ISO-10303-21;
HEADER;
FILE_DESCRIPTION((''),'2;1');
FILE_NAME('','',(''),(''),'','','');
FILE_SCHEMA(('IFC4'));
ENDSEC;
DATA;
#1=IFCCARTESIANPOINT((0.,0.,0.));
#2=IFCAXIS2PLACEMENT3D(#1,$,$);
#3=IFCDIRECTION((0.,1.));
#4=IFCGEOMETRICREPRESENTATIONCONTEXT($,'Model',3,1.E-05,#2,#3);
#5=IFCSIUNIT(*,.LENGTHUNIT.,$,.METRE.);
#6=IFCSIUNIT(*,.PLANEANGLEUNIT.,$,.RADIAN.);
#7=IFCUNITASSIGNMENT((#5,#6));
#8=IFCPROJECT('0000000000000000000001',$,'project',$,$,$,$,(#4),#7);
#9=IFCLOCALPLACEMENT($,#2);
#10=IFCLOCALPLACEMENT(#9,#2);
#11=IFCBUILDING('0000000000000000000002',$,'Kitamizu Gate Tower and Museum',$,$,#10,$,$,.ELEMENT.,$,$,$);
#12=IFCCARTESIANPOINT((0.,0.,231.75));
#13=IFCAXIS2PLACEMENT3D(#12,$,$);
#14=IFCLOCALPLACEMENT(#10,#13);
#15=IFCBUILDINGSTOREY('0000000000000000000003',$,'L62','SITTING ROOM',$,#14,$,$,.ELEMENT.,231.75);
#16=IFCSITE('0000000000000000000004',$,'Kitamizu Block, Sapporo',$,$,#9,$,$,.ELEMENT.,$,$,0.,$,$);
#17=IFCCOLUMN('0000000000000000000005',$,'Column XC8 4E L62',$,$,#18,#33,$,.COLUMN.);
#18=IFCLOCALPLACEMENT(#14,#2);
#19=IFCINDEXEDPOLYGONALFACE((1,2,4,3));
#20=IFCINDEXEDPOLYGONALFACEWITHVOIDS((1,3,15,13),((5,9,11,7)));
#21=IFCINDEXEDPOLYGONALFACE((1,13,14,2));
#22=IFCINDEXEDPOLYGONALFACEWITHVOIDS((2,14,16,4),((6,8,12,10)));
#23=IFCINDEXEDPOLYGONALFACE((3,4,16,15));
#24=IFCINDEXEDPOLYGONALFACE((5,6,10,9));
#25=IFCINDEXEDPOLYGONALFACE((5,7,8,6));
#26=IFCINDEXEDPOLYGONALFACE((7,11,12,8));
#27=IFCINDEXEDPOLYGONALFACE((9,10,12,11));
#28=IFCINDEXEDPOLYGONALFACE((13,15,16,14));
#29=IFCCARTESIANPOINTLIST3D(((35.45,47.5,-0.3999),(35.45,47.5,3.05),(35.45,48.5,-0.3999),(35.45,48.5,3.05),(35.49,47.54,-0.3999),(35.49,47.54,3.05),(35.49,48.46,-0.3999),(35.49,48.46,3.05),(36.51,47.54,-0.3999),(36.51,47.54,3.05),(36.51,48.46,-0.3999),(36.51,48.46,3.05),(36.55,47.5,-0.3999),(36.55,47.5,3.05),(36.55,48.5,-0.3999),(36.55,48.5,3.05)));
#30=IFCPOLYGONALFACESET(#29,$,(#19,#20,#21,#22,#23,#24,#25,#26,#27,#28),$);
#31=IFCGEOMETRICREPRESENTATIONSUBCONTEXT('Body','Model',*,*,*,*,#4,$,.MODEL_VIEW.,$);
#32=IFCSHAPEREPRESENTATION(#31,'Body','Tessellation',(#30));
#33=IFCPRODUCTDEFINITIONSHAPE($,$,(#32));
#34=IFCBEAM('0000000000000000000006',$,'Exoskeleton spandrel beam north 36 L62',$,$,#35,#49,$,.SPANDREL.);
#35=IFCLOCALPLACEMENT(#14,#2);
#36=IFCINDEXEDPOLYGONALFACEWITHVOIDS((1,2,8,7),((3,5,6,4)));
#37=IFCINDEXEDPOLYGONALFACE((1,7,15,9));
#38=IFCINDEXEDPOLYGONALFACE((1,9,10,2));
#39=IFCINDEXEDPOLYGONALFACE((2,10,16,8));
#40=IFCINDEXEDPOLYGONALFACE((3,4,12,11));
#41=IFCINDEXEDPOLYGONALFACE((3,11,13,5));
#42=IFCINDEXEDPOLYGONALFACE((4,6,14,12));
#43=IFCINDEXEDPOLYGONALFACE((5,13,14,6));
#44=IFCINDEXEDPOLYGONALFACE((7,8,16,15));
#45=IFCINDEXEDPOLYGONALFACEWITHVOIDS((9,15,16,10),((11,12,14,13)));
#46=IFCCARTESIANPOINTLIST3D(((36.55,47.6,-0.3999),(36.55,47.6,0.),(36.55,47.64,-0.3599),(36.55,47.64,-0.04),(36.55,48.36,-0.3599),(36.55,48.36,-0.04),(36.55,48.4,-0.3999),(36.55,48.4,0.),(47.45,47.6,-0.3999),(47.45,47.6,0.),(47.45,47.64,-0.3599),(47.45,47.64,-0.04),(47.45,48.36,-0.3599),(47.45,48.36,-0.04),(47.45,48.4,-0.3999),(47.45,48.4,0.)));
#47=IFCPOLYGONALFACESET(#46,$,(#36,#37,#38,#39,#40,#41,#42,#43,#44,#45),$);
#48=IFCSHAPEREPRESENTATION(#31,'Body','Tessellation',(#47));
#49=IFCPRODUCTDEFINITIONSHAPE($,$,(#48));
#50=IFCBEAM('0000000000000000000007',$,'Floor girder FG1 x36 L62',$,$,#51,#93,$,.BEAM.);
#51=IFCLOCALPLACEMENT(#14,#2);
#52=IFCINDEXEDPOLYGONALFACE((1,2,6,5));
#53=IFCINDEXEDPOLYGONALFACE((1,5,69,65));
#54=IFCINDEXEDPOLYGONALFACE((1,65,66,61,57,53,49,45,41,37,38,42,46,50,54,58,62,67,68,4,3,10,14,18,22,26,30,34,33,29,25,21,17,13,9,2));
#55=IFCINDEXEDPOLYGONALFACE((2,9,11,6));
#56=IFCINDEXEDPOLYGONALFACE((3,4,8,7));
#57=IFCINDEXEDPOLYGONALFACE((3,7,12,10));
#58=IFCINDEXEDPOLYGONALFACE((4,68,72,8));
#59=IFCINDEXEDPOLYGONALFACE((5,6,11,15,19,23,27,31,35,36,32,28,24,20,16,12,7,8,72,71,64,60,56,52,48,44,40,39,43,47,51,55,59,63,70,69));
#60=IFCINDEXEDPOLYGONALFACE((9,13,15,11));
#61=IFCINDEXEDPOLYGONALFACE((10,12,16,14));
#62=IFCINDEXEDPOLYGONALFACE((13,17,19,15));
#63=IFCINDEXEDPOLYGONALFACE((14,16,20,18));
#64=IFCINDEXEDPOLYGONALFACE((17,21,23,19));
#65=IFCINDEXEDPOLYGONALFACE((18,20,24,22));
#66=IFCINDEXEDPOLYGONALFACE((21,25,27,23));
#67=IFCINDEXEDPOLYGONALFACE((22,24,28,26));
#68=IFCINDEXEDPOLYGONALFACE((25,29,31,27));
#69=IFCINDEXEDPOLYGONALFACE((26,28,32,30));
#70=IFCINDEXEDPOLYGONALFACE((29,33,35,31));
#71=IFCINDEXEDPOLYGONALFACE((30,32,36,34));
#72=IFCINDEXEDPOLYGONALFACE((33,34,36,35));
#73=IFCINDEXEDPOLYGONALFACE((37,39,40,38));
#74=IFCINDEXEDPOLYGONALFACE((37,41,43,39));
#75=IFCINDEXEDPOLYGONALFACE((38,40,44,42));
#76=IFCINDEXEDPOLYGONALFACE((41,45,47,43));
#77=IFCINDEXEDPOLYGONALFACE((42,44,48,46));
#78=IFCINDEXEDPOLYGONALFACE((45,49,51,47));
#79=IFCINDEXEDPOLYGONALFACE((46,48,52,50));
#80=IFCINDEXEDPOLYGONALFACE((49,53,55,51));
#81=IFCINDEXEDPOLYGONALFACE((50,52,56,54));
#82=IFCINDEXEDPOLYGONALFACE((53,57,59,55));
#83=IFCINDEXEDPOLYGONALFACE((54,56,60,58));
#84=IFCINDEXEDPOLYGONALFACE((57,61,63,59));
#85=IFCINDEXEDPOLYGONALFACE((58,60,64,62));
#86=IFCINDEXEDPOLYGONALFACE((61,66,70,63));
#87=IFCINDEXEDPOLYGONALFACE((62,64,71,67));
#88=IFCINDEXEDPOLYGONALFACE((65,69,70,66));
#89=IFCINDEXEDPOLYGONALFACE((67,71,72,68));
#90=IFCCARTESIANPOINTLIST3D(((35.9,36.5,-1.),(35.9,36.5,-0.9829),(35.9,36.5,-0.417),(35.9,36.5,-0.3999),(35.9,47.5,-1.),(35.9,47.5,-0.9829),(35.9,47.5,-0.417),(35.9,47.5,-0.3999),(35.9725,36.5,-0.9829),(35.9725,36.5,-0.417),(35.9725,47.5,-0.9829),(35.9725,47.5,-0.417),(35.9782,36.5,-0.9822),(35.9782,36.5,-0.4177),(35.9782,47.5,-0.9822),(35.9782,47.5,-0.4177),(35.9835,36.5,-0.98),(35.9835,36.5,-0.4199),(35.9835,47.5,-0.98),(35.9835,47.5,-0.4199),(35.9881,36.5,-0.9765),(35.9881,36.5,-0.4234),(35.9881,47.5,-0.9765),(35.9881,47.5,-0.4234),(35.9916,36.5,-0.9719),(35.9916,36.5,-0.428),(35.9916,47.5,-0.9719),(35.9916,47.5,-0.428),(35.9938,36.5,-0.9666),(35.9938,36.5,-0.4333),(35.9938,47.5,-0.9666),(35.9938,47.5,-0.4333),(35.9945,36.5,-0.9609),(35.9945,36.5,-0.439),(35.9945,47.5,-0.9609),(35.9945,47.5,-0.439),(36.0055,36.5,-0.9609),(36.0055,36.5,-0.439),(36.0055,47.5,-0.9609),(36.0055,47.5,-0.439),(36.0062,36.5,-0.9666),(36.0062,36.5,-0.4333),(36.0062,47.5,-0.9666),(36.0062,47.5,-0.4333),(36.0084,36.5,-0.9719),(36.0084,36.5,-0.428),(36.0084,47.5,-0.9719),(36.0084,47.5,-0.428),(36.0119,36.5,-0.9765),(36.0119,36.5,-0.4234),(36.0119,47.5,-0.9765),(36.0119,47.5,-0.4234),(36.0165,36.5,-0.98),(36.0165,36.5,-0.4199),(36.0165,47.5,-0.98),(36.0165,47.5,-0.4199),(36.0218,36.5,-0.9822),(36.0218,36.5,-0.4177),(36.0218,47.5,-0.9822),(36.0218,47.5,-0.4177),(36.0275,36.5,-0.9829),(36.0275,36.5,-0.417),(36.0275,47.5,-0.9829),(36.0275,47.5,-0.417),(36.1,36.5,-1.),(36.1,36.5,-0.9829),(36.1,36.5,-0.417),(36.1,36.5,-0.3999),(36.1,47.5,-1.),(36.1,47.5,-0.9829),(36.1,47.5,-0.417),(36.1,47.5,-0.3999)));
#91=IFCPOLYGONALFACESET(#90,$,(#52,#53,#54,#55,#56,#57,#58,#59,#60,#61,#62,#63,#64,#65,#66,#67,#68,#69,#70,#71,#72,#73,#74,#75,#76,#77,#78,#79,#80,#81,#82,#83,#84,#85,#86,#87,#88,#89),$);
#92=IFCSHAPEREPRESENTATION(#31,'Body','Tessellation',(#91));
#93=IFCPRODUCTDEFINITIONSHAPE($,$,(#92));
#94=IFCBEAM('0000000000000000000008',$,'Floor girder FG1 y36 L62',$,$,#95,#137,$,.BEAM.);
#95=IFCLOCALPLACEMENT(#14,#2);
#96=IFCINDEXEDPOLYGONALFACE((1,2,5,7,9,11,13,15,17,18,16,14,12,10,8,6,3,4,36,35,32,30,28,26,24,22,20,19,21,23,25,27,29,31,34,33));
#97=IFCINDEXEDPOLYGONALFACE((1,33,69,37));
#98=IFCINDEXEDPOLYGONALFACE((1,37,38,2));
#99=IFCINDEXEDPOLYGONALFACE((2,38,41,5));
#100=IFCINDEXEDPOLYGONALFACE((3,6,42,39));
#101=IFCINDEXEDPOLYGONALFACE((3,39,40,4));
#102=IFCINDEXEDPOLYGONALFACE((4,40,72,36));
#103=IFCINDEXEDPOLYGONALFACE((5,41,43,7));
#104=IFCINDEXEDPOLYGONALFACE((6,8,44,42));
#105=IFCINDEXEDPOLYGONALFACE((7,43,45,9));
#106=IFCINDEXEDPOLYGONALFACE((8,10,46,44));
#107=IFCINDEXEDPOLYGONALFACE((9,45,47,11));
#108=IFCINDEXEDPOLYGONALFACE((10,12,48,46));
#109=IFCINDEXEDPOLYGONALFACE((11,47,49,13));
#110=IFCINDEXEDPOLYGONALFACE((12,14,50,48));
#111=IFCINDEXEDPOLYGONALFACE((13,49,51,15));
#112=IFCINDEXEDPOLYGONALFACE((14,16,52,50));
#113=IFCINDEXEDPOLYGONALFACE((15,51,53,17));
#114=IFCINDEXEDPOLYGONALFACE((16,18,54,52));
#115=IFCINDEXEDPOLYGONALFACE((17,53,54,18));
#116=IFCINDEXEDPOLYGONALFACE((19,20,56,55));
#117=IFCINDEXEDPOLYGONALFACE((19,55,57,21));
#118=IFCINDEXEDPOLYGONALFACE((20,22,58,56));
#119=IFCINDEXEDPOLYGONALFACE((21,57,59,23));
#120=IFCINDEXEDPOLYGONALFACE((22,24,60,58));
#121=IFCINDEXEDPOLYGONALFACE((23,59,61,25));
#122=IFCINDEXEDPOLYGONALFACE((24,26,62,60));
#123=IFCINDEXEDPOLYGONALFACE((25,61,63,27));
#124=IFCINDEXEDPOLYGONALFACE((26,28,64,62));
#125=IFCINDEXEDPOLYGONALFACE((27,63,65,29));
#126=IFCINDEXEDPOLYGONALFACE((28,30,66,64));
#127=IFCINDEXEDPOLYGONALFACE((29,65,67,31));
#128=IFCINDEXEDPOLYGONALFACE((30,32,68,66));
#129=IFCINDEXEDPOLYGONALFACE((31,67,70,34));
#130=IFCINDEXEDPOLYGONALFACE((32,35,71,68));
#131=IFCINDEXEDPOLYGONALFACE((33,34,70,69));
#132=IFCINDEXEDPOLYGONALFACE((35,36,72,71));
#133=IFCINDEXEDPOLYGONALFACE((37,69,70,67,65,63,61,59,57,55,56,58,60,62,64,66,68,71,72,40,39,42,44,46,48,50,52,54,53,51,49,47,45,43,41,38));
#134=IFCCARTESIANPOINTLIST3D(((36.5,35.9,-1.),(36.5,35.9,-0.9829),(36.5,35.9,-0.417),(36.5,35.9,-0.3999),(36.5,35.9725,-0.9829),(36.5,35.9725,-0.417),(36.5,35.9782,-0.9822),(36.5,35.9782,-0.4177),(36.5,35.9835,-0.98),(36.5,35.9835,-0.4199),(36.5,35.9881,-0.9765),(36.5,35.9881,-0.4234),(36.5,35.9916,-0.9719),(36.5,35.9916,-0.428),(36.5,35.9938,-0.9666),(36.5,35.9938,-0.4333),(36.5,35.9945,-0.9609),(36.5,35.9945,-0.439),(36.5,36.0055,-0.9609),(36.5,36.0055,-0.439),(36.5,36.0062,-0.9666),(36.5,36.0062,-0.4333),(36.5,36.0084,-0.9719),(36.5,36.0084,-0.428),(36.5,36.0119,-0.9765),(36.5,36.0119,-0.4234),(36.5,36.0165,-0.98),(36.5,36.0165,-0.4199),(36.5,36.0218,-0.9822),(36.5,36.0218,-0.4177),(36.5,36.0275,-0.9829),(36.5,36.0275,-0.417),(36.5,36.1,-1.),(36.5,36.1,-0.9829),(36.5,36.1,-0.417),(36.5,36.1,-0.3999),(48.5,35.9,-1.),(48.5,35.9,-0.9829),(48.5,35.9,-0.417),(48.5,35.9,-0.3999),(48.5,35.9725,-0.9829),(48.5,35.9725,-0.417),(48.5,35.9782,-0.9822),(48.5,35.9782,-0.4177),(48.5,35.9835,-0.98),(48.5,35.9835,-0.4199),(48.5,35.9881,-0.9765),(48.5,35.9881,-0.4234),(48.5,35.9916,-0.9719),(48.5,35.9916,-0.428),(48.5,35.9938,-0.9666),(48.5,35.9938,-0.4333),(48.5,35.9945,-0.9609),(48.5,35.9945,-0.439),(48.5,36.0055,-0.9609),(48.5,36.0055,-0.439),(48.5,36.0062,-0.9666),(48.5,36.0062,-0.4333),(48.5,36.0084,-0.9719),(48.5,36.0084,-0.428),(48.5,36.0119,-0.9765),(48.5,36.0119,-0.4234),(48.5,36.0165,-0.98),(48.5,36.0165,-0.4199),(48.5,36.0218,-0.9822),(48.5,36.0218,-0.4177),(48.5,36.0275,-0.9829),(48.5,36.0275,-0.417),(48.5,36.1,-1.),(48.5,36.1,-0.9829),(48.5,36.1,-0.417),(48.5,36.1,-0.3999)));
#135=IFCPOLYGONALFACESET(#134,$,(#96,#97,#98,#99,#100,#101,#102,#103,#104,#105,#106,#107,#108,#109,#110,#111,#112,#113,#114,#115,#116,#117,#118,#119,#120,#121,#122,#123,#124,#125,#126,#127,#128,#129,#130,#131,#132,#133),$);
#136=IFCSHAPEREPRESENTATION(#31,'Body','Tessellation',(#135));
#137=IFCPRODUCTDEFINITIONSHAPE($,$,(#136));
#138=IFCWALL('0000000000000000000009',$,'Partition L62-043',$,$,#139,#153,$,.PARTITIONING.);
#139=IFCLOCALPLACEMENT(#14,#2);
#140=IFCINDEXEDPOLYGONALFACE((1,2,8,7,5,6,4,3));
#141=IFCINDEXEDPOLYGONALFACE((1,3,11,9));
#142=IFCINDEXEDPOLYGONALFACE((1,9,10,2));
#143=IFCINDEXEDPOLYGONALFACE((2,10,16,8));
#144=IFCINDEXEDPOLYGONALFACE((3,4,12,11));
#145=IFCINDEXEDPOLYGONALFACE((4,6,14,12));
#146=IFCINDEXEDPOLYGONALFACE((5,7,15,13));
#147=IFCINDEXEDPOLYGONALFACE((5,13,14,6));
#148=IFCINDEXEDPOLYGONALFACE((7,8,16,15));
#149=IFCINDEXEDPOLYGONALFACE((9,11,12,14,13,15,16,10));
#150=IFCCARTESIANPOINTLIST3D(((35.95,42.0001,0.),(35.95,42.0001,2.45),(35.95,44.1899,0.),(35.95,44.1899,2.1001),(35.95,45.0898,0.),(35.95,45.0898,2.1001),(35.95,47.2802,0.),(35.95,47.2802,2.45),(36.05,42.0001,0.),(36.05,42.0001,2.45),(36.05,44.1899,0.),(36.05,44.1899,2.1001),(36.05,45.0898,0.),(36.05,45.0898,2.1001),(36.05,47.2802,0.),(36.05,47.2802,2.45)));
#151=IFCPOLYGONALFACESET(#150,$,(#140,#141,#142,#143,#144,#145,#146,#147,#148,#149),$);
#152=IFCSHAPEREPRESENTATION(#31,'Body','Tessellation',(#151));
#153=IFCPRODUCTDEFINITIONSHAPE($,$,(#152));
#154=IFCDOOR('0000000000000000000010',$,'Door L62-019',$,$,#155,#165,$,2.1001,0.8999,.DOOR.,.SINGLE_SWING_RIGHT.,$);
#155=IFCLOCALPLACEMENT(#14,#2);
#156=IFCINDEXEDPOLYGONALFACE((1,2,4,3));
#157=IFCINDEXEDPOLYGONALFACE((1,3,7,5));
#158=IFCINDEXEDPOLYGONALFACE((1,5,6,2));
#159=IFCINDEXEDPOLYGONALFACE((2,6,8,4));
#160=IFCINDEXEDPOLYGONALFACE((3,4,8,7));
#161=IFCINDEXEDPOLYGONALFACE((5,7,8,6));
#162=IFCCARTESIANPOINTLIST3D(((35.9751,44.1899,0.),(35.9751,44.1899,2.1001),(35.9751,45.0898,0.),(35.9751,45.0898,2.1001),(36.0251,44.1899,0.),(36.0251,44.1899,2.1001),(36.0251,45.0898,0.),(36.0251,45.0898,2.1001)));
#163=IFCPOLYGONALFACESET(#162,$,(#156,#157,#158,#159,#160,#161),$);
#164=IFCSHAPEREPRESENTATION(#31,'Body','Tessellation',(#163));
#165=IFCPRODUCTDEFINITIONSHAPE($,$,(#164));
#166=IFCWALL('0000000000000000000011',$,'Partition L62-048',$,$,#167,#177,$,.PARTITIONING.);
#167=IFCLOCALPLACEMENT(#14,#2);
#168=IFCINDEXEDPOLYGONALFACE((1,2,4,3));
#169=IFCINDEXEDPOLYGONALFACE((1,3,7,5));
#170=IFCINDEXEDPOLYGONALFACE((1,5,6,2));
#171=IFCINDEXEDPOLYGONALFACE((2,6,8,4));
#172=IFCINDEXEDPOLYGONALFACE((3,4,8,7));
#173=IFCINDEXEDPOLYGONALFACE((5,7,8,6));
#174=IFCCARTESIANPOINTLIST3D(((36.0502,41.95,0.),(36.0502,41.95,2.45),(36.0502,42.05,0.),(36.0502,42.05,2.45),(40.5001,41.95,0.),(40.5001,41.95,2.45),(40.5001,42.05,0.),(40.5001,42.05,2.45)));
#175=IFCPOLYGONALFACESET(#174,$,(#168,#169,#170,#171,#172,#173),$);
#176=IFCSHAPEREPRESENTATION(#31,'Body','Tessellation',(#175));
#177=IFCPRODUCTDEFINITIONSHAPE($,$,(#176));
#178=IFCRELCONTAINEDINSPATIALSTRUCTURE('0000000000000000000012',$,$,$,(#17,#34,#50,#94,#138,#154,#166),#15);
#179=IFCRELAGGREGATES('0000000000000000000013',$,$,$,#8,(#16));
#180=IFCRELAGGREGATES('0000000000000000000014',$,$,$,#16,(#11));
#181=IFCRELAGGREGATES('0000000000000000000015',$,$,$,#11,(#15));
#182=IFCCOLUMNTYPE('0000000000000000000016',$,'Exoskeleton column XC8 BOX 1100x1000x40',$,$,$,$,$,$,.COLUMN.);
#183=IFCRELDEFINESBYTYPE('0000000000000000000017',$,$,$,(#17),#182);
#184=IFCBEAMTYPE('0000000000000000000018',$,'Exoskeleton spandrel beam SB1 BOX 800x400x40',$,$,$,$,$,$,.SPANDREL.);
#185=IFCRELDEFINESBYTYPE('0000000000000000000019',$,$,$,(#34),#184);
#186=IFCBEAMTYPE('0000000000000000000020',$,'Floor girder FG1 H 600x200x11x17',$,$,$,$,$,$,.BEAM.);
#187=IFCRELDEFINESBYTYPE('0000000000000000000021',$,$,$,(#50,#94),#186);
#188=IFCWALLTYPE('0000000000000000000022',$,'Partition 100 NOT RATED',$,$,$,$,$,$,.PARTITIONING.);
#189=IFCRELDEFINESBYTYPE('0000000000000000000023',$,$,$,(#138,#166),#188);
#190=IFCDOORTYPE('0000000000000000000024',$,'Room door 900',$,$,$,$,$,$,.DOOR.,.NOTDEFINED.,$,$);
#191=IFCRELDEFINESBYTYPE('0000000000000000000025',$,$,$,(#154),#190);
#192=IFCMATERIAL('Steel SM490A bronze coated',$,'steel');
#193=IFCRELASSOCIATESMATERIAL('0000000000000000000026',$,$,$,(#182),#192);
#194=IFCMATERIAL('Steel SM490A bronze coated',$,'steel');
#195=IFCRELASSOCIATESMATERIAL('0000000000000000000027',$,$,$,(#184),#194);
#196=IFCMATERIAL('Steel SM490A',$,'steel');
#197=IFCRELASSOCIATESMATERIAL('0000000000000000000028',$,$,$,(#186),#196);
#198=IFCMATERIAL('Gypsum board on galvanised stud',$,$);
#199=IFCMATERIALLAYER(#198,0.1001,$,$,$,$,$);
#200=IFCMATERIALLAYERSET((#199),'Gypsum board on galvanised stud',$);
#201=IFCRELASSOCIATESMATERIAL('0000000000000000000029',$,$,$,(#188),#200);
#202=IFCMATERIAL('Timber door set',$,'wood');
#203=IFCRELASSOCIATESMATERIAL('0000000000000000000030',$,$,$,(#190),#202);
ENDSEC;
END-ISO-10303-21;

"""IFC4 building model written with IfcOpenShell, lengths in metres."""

from ifc_helpers import new_model, si_unit, direction, frame, frame_2d, origin, origin_2d, place, context, subcontext, project, spatial, rectangle, hollow_rectangle, i_section, extrude, material, layer, layer_set, material_profile, profile_set, type_object, element, fill, save


model = new_model("IFC4")

# Units and contexts
model_context = context("Model", 3, precision=1e-05, world=origin(), true_north=direction((0.0, 1.0)))
body_context = subcontext(model_context, "Body", "Model", "MODEL_VIEW")
ifc_project = project(units=[si_unit("LENGTHUNIT", "METRE"), si_unit("PLANEANGLEUNIT", "RADIAN")], contexts=[model_context])

# Site, building, storey
site_placement = place(None, origin())
site = spatial("IfcSite", under=ifc_project, at=site_placement, Name="Kitamizu Block, Sapporo", CompositionType="ELEMENT", RefElevation=0.0)
building_placement = place(site_placement, origin())
building = spatial("IfcBuilding", under=site, at=building_placement, Name="Kitamizu Gate Tower and Museum", CompositionType="ELEMENT")
storey_placement = place(building_placement, frame((0.0, 0.0, 231.75)))
storey = spatial("IfcBuildingStorey", under=building, at=storey_placement, Name="L62", Description="SITTING ROOM", CompositionType="ELEMENT", Elevation=231.75)

# Column
ifc_material_1 = material(Name="Steel SM490A bronze coated", Category="steel")
ifc_material_profile_1 = material_profile(ifc_material_1, hollow_rectangle(XDim=1.1001, YDim=1.0, WallThickness=0.04, at=origin_2d()), Name="BOX 1100x1000x40")
ifc_profile_set_1 = profile_set([ifc_material_profile_1], Name="Steel SM490A bronze coated")
column_type = type_object("IfcColumnType", Name="Exoskeleton column XC8 BOX 1100x1000x40", PredefinedType="COLUMN", material=ifc_profile_set_1)
column_placement = place(storey_placement, frame((36.0, 48.0, -0.3999), z_axis=(0.0, 0.0, 1.0), x_axis=(1.0, 0.0, 0.0)))
element("IfcColumn", 1, at=column_placement, inside=storey, type_object=column_type, Name="Column XC8 4E L62", PredefinedType="COLUMN", context=body_context, shape_type="SweptSolid", body=[
    extrude(hollow_rectangle(XDim=1.1001, YDim=1.0, WallThickness=0.04, at=origin_2d()), origin(), (0.0, 0.0, 1.0), 3.45),
])

# Beams
ifc_material_2 = material(Name="Steel SM490A bronze coated", Category="steel")
ifc_material_profile_2 = material_profile(ifc_material_2, hollow_rectangle(XDim=0.8, YDim=0.3999, WallThickness=0.04, at=origin_2d()), Name="BOX 800x400x40")
ifc_profile_set_2 = profile_set([ifc_material_profile_2], Name="Steel SM490A bronze coated")
beam_type_1 = type_object("IfcBeamType", Name="Exoskeleton spandrel beam SB1 BOX 800x400x40", PredefinedType="SPANDREL", material=ifc_profile_set_2)
beam_1_placement = place(storey_placement, frame((36.55, 48.0, -0.2), z_axis=(1.0, 0.0, 0.0), x_axis=(0.0, 1.0, 0.0)))
element("IfcBeam", 2, at=beam_1_placement, inside=storey, type_object=beam_type_1, Name="Exoskeleton spandrel beam north 36 L62", PredefinedType="SPANDREL", context=body_context, shape_type="SweptSolid", body=[
    extrude(hollow_rectangle(XDim=0.8, YDim=0.3999, WallThickness=0.04, at=origin_2d()), origin(), (0.0, 0.0, 1.0), 10.8999),
])
ifc_material_3 = material(Name="Steel SM490A", Category="steel")
ifc_material_profile_3 = material_profile(ifc_material_3, i_section(OverallWidth=0.2, OverallDepth=0.6001, WebThickness=0.011, FlangeThickness=0.0171, FilletRadius=0.022, at=origin_2d()), Name="H-600x200x11x17")
ifc_profile_set_3 = profile_set([ifc_material_profile_3], Name="Steel SM490A")
beam_type_2 = type_object("IfcBeamType", Name="Floor girder FG1 H 600x200x11x17", PredefinedType="BEAM", material=ifc_profile_set_3)
beam_2_placement = place(storey_placement, frame((36.0, 36.5, -0.7), z_axis=(0.0, 1.0, 0.0), x_axis=(-1.0, 0.0, 0.0)))
element("IfcBeam", 3, at=beam_2_placement, inside=storey, type_object=beam_type_2, Name="Floor girder FG1 x36 L62", PredefinedType="BEAM", context=body_context, shape_type="SweptSolid", body=[
    extrude(i_section(OverallWidth=0.2, OverallDepth=0.6001, WebThickness=0.011, FlangeThickness=0.0171, FilletRadius=0.022, at=origin_2d()), origin(), (0.0, 0.0, 1.0), 11.0),
])
beam_3_placement = place(storey_placement, frame((36.5, 36.0, -0.7), z_axis=(1.0, 0.0, 0.0), x_axis=(0.0, 1.0, 0.0)))
element("IfcBeam", 4, at=beam_3_placement, inside=storey, type_object=beam_type_2, Name="Floor girder FG1 y36 L62", PredefinedType="BEAM", context=body_context, shape_type="SweptSolid", body=[
    extrude(i_section(OverallWidth=0.2, OverallDepth=0.6001, WebThickness=0.011, FlangeThickness=0.0171, FilletRadius=0.022, at=origin_2d()), origin(), (0.0, 0.0, 1.0), 12.0),
])

# Wall, opening, door
ifc_material_4 = material(Name="Gypsum board on galvanised stud")
ifc_layer_1 = layer(ifc_material_4, 0.1001)
ifc_layer_set_1 = layer_set([ifc_layer_1], Name="Gypsum board on galvanised stud")
wall_type_1 = type_object("IfcWallType", Name="Partition 100 NOT RATED", PredefinedType="PARTITIONING", material=ifc_layer_set_1)
wall_1_placement = place(storey_placement, frame((36.0, 42.0, 0.0), z_axis=(0.0, 0.0, 1.0), x_axis=(0.0, 1.0, 0.0)))
wall_1 = element("IfcWall", 5, at=wall_1_placement, inside=storey, type_object=wall_type_1, Name="Partition L62-043", PredefinedType="PARTITIONING", context=body_context, shape_type="SweptSolid", body=[
    extrude(rectangle(XDim=5.28, YDim=0.1001, at=frame_2d((2.6401, 0.0))), origin(), (0.0, 0.0, 1.0), 2.45),
])
opening_1_placement = place(wall_1_placement, frame((2.1899, 0.0, 0.0)))
opening_1 = element("IfcOpeningElement", 6, at=opening_1_placement, cuts=wall_1, PredefinedType="OPENING", context=body_context, shape_type="SweptSolid", body=[
    extrude(rectangle(XDim=0.8999, YDim=2.1001, at=frame_2d((0.45, 1.05))), frame((0.0, 0.0601, 0.0), z_axis=(0.0, -1.0, 0.0), x_axis=(1.0, 0.0, 0.0)), (0.0, 0.0, 1.0), 0.1201),
])
ifc_material_5 = material(Name="Timber door set", Category="wood")
door_type_1 = type_object("IfcDoorType", Name="Room door 900", OperationType="NOTDEFINED", PredefinedType="DOOR", material=ifc_material_5)
door_1_placement = place(opening_1_placement, origin())
door_1 = element("IfcDoor", 7, at=door_1_placement, inside=storey, type_object=door_type_1, Name="Door L62-019", OperationType="SINGLE_SWING_RIGHT", OverallHeight=2.1001, OverallWidth=0.8999, PredefinedType="DOOR", context=body_context, shape_type="SweptSolid", body=[
    extrude(rectangle(XDim=0.8999, YDim=2.1001, at=frame_2d((0.45, 1.05))), frame((0.0, 0.0249, 0.0), z_axis=(0.0, -1.0, 0.0), x_axis=(1.0, 0.0, 0.0)), (0.0, 0.0, 1.0), 0.05),
])
fill(opening_1, door_1)

# Wall
wall_2_placement = place(storey_placement, frame((36.05, 42.0, 0.0), z_axis=(0.0, 0.0, 1.0), x_axis=(1.0, 0.0, 0.0)))
element("IfcWall", 8, at=wall_2_placement, inside=storey, type_object=wall_type_1, Name="Partition L62-048", PredefinedType="PARTITIONING", context=body_context, shape_type="SweptSolid", body=[
    extrude(rectangle(XDim=4.45, YDim=0.1001, at=frame_2d((2.2251, 0.0))), origin(), (0.0, 0.0, 1.0), 2.45),
])

save(model, "model.ifc")
